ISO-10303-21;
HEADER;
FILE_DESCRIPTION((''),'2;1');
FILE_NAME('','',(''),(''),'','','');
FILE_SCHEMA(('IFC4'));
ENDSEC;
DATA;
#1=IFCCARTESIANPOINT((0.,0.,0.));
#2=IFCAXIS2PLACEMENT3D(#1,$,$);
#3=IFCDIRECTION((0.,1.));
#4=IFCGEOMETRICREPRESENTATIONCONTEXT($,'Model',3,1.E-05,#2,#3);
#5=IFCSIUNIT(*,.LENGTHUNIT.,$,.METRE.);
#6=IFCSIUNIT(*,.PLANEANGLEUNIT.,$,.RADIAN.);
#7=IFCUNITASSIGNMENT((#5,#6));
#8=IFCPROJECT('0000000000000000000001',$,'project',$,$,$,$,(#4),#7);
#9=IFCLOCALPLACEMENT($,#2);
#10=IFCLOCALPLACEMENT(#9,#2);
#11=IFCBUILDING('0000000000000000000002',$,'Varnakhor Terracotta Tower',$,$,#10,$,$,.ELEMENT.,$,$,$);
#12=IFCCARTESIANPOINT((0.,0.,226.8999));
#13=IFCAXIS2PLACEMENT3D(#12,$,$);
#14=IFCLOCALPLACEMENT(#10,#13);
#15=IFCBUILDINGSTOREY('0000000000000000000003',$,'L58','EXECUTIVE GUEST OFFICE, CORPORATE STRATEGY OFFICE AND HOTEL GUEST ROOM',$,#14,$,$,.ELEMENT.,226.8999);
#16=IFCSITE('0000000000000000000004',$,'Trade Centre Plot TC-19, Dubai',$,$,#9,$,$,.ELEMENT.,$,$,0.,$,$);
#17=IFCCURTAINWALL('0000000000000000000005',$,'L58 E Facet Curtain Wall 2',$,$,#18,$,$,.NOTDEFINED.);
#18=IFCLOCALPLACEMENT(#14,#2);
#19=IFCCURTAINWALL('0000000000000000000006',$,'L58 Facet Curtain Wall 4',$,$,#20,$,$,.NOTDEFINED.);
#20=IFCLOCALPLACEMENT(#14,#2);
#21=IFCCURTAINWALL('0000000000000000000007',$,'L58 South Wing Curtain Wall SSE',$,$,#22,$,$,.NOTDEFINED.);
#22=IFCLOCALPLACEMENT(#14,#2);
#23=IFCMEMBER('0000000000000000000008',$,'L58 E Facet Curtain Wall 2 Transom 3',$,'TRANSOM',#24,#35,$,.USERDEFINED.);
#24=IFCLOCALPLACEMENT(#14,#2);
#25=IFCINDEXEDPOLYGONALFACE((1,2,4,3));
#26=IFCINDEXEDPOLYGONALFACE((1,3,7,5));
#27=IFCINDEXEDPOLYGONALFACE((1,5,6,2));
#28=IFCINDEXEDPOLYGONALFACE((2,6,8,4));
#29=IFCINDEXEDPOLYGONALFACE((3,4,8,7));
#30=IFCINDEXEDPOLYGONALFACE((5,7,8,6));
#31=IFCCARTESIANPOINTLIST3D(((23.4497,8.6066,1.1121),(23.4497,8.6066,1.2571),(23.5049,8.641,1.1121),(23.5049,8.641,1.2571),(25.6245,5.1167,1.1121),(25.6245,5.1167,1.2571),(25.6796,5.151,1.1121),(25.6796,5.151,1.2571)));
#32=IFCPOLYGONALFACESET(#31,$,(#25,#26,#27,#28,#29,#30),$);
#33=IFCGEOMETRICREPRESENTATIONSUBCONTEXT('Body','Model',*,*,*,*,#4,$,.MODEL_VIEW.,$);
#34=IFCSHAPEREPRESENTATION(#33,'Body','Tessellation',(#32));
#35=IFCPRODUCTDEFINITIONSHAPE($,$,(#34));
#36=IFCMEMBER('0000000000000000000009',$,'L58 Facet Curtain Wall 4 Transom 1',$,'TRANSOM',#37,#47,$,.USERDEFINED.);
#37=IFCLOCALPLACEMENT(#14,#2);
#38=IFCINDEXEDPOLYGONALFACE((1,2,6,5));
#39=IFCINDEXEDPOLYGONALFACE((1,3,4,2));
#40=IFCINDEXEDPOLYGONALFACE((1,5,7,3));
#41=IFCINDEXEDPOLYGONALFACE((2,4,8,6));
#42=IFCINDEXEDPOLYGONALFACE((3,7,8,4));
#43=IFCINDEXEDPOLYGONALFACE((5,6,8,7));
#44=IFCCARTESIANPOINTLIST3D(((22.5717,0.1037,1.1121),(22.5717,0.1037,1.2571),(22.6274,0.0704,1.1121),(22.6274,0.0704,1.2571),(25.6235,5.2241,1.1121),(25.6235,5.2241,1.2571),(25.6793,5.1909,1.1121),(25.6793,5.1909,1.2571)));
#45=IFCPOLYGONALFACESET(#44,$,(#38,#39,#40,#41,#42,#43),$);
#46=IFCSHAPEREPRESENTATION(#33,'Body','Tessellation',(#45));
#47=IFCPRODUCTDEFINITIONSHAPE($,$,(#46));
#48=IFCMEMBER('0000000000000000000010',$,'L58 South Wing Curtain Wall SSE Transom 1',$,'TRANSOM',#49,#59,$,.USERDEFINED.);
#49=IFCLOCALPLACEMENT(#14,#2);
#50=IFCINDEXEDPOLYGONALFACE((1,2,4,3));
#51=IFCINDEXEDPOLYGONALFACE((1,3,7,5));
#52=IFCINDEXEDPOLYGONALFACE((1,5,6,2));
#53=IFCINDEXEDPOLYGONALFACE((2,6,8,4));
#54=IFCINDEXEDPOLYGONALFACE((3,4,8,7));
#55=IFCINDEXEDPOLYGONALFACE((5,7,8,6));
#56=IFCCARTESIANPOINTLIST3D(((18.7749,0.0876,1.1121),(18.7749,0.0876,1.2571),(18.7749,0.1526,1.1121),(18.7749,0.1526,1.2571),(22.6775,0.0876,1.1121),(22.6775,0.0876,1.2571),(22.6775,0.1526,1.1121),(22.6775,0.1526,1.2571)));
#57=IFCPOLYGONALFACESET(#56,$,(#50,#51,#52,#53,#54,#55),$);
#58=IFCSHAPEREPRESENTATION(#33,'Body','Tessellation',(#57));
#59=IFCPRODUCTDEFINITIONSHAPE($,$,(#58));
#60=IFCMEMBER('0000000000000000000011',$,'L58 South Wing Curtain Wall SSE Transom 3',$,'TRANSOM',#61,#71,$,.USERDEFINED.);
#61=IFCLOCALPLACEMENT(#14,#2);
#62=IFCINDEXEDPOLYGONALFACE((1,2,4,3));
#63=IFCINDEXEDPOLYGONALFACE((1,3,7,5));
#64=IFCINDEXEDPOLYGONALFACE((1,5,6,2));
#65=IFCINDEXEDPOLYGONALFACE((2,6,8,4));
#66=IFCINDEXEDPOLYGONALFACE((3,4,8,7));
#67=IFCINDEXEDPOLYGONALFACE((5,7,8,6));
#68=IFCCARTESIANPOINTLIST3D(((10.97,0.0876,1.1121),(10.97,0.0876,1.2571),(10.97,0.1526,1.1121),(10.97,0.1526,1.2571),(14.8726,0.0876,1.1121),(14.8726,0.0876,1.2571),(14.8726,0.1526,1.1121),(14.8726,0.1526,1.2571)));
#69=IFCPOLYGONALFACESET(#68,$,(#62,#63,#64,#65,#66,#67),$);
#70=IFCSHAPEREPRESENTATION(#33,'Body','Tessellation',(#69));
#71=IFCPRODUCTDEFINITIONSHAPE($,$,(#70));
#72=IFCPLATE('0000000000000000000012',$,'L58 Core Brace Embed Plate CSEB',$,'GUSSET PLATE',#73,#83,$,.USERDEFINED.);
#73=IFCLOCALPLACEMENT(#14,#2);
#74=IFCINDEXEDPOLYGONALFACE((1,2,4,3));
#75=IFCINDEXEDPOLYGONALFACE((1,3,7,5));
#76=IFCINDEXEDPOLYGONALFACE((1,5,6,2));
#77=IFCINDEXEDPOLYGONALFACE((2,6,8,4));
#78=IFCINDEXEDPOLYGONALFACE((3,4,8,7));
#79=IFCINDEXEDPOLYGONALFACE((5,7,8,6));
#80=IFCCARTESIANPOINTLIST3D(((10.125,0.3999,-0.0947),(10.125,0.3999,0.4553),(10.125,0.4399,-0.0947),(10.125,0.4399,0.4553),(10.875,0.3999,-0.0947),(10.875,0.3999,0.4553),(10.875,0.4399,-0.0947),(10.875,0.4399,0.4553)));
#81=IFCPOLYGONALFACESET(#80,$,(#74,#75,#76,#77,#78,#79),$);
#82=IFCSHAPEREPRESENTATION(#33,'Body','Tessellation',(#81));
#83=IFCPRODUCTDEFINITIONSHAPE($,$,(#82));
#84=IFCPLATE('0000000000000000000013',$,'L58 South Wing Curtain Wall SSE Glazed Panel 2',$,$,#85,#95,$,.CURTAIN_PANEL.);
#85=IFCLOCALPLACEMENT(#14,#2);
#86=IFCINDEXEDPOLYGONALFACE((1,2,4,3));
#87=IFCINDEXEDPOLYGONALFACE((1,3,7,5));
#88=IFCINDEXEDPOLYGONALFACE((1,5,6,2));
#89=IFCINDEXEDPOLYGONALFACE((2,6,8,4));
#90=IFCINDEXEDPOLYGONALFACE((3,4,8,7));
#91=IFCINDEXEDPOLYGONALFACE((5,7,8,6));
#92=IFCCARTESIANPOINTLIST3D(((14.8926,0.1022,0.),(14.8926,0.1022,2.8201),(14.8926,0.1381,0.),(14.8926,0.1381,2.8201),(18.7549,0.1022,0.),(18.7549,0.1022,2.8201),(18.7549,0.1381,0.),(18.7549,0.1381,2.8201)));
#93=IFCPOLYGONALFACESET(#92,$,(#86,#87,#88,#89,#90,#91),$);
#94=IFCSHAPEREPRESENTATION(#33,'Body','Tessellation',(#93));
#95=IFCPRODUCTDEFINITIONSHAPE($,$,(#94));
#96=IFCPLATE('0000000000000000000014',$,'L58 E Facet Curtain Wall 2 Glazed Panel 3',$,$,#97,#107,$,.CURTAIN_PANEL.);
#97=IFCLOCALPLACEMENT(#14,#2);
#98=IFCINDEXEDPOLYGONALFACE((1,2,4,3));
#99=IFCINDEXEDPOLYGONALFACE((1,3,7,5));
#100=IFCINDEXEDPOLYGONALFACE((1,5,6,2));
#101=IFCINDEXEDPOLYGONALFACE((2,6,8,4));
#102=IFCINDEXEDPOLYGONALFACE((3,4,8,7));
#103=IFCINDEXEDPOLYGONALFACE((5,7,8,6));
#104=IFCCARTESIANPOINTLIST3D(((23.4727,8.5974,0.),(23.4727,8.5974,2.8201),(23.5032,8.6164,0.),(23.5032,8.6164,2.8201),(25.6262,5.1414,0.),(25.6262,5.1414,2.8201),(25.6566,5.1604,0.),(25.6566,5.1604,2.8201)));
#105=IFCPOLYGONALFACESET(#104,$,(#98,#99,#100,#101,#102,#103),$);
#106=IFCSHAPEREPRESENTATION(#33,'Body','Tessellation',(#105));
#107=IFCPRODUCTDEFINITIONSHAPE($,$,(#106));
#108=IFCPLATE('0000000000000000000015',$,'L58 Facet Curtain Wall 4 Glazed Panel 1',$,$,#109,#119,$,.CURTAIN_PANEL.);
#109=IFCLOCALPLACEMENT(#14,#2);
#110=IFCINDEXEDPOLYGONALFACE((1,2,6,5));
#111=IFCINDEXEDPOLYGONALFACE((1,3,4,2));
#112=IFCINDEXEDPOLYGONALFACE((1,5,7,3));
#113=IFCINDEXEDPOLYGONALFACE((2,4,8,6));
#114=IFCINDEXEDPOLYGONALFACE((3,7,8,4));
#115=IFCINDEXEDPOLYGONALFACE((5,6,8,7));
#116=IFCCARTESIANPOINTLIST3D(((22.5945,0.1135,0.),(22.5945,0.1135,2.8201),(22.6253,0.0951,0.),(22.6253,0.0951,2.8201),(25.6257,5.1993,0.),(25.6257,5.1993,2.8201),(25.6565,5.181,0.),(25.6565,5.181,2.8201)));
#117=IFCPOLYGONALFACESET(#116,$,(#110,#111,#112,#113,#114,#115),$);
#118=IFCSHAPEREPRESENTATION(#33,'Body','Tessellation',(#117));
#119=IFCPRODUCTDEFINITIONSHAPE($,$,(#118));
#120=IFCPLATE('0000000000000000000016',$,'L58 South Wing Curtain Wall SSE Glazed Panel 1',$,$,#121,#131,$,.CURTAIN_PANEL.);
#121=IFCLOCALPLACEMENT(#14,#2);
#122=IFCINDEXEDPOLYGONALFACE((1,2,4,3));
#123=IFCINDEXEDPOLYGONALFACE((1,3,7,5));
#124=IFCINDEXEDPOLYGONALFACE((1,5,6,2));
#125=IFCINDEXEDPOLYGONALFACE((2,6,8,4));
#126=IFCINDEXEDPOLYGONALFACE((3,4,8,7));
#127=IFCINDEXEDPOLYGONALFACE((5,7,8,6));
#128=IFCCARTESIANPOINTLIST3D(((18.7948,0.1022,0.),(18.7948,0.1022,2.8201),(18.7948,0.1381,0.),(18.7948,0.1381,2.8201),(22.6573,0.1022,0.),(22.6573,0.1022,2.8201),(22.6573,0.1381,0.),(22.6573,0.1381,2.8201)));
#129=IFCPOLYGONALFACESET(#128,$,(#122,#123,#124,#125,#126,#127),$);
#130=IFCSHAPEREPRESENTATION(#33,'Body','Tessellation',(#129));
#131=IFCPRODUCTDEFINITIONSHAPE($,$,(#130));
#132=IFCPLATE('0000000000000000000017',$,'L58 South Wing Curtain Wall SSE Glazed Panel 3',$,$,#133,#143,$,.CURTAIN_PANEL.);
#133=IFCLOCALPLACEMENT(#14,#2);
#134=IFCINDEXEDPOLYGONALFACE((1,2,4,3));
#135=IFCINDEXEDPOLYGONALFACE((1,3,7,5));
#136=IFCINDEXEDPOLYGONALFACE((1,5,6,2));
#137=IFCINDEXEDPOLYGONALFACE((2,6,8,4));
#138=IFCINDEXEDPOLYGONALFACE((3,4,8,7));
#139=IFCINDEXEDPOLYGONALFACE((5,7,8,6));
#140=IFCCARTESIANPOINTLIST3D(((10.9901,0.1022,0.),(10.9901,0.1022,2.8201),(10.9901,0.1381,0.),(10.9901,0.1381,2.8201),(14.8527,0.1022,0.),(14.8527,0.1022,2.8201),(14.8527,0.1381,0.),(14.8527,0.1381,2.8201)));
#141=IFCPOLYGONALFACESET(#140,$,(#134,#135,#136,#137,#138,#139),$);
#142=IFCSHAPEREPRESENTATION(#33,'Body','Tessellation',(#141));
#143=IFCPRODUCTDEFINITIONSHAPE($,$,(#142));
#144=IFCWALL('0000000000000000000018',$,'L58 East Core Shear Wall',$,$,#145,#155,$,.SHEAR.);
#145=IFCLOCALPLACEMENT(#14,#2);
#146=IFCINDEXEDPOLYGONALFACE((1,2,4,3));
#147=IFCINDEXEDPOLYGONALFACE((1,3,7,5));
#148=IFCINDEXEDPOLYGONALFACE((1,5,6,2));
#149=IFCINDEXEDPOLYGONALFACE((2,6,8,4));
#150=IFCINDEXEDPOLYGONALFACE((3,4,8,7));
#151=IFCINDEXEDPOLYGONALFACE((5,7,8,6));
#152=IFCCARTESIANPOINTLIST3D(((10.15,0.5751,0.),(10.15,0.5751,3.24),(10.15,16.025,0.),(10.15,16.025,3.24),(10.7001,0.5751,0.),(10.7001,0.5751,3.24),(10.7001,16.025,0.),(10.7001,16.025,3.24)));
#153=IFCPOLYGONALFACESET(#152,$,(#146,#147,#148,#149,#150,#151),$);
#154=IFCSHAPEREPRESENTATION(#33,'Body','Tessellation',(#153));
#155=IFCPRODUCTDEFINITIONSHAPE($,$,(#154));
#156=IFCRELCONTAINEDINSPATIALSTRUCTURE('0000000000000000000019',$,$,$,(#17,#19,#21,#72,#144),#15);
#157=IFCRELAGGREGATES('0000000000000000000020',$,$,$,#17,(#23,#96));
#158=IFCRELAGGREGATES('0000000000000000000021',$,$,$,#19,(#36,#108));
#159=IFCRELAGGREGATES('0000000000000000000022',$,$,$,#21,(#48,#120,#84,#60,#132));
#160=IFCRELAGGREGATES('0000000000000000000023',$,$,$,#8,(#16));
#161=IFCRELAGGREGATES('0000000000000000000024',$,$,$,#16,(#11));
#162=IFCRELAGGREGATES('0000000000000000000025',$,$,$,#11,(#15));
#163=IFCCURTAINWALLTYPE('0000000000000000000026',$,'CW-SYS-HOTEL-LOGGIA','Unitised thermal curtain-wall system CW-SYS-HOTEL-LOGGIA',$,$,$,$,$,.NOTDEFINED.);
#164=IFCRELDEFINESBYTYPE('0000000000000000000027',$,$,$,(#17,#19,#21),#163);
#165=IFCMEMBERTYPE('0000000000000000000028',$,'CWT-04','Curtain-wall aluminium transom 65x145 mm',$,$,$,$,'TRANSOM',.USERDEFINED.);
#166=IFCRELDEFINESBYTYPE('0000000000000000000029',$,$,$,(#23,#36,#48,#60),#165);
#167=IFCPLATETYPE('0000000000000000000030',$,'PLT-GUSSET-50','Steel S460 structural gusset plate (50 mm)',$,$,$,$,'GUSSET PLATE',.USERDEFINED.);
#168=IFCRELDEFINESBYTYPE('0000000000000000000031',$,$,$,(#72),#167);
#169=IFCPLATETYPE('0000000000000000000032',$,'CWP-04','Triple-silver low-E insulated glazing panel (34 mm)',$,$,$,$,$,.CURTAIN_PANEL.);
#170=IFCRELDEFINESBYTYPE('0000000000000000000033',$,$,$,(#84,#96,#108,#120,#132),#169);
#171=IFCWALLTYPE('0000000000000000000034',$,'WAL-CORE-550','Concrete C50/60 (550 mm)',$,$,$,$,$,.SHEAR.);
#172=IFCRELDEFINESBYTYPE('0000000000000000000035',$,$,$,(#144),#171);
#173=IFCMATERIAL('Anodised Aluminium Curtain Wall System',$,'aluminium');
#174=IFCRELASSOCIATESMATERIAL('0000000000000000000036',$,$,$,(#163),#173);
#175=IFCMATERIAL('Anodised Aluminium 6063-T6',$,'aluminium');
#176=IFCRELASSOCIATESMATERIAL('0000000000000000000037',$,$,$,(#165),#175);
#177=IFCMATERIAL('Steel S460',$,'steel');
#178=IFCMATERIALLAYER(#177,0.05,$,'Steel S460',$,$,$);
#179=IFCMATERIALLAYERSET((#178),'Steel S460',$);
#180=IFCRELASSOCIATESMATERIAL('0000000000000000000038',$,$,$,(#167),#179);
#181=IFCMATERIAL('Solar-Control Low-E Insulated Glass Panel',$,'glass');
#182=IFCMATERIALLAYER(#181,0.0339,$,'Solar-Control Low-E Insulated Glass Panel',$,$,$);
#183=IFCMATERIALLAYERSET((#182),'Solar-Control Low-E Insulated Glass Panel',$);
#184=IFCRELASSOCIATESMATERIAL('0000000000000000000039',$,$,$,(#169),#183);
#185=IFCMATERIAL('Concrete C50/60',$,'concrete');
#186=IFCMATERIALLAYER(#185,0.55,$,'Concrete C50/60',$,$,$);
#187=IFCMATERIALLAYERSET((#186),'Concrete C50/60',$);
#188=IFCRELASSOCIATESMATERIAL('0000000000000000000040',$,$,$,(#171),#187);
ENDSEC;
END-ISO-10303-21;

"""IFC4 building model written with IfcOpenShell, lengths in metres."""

from ifc_helpers import new_model, si_unit, direction, frame, frame_2d, origin, origin_2d, place, context, subcontext, project, spatial, rectangle, extrude, source, transform, mapped, material, layer, layer_set, material_profile, profile_set, type_object, type_shapes, element, aggregate, save


model = new_model("IFC4")

# Units and contexts
model_context = context("Model", 3, precision=1e-05, world=origin(), true_north=direction((0.0, 1.0)))
body_context = subcontext(model_context, "Body", "Model", "MODEL_VIEW")
ifc_project = project(units=[si_unit("LENGTHUNIT", "METRE"), si_unit("PLANEANGLEUNIT", "RADIAN")], contexts=[model_context])

# Site, building, storey
site_placement = place(None, origin())
site = spatial("IfcSite", under=ifc_project, at=site_placement, Name="Trade Centre Plot TC-19, Dubai", CompositionType="ELEMENT", RefElevation=0.0)
building_placement = place(site_placement, origin())
building = spatial("IfcBuilding", under=site, at=building_placement, Name="Varnakhor Terracotta Tower", CompositionType="ELEMENT")
storey_placement = place(building_placement, frame((0.0, 0.0, 226.8999)))
storey = spatial("IfcBuildingStorey", under=building, at=storey_placement, Name="L58", Description="EXECUTIVE GUEST OFFICE, CORPORATE STRATEGY OFFICE AND HOTEL GUEST ROOM", CompositionType="ELEMENT", Elevation=226.8999)

# Shared definitions
ifc_material_1 = material(Name="Concrete C50/60", Category="concrete")
ifc_material_2 = material(Name="Steel S460", Category="steel")

# Curtain walls
ifc_material_3 = material(Name="Anodised Aluminium Curtain Wall System", Category="aluminium")
curtain_wall_type = type_object("IfcCurtainWallType", Name="CW-SYS-HOTEL-LOGGIA", Description="Unitised thermal curtain-wall system CW-SYS-HOTEL-LOGGIA", PredefinedType="NOTDEFINED", material=ifc_material_3)
curtain_wall_1_placement = place(storey_placement, origin())
curtain_wall_1 = element("IfcCurtainWall", 1, at=curtain_wall_1_placement, inside=storey, type_object=curtain_wall_type, Name="L58 E Facet Curtain Wall 2", PredefinedType="NOTDEFINED")
ifc_material_4 = material(Name="Anodised Aluminium 6063-T6", Category="aluminium")
curtain_wall_2_placement = place(storey_placement, origin())
curtain_wall_2 = element("IfcCurtainWall", 2, at=curtain_wall_2_placement, inside=storey, type_object=curtain_wall_type, Name="L58 Facet Curtain Wall 4", PredefinedType="NOTDEFINED")

# Curtain wall
curtain_wall_3_placement = place(storey_placement, origin())
curtain_wall_3 = element("IfcCurtainWall", 3, at=curtain_wall_3_placement, inside=storey, type_object=curtain_wall_type, Name="L58 South Wing Curtain Wall SSE", PredefinedType="NOTDEFINED")
ifc_material_profile_1 = material_profile(ifc_material_4, rectangle(XDim=0.0649, YDim=0.145, at=origin_2d()), Name="ALU TRANSOM 65x145")
ifc_profile_set_1 = profile_set([ifc_material_profile_1], Name="Anodised Aluminium 6063-T6")
member_type_1 = type_object("IfcMemberType", Name="CWT-04", Description="Curtain-wall aluminium transom 65x145 mm", ElementType="TRANSOM", PredefinedType="USERDEFINED", material=ifc_profile_set_1)

# Members
shared_shape_1 = source(origin(), body_context, "Body", "SweptSolid", [
    extrude(rectangle(XDim=0.0649, YDim=0.145, at=origin_2d()), origin(), (0.0, 0.0, 1.0), 4.1121),
])
member_1_placement = place(storey_placement, frame((23.4773, 8.6238, 1.1846), z_axis=(0.528872, -0.848701, 0.0), x_axis=(0.848701, 0.528872, 0.0)))
member_1 = element("IfcMember", 4, at=member_1_placement, type_object=member_type_1, Name="L58 E Facet Curtain Wall 2 Transom 3", ObjectType="TRANSOM", PredefinedType="USERDEFINED", context=body_context, shape_type="MappedRepresentation", body=[
    mapped(shared_shape_1, transform((0.0, 0.0, 0.0), scale=1.0)),
])
shared_shape_2 = source(origin(), body_context, "Body", "SweptSolid", [
    extrude(rectangle(XDim=0.0649, YDim=0.145, at=origin_2d()), origin(), (0.0, 0.0, 1.0), 5.9609),
])
member_2_placement = place(storey_placement, frame((25.6514, 5.2075, 1.1846), z_axis=(-0.51197, -0.859003, 0.0), x_axis=(0.859003, -0.51197, 0.0)))
member_2 = element("IfcMember", 5, at=member_2_placement, type_object=member_type_1, Name="L58 Facet Curtain Wall 4 Transom 1", ObjectType="TRANSOM", PredefinedType="USERDEFINED", context=body_context, shape_type="MappedRepresentation", body=[
    mapped(shared_shape_2, transform((0.0, 0.0, 0.0), scale=1.0)),
])
shared_shape_3 = source(origin(), body_context, "Body", "SweptSolid", [
    extrude(rectangle(XDim=0.0649, YDim=0.145, at=origin_2d()), origin(), (0.0, 0.0, 1.0), 3.9026),
])
member_3_placement = place(storey_placement, frame((22.6775, 0.1201, 1.1846), z_axis=(-1.0, 0.0, 0.0), x_axis=(0.0, -1.0, 0.0)))
member_3 = element("IfcMember", 6, at=member_3_placement, type_object=member_type_1, Name="L58 South Wing Curtain Wall SSE Transom 1", ObjectType="TRANSOM", PredefinedType="USERDEFINED", context=body_context, shape_type="MappedRepresentation", body=[
    mapped(shared_shape_3, transform((0.0, 0.0, 0.0), scale=1.0)),
])
member_4_placement = place(storey_placement, frame((14.8726, 0.1201, 1.1846), z_axis=(-1.0, 0.0, 0.0), x_axis=(0.0, -1.0, 0.0)))
member_4 = element("IfcMember", 7, at=member_4_placement, type_object=member_type_1, Name="L58 South Wing Curtain Wall SSE Transom 3", ObjectType="TRANSOM", PredefinedType="USERDEFINED", context=body_context, shape_type="MappedRepresentation", body=[
    mapped(shared_shape_3, transform((0.0, 0.0, 0.0), scale=1.0)),
])

# Plates
ifc_layer_1 = layer(ifc_material_2, 0.05, Name="Steel S460")
ifc_layer_set_1 = layer_set([ifc_layer_1], Name="Steel S460")
plate_type_1 = type_object("IfcPlateType", Name="PLT-GUSSET-50", Description="Steel S460 structural gusset plate (50 mm)", ElementType="GUSSET PLATE", PredefinedType="USERDEFINED", material=ifc_layer_set_1)
shared_shape_4 = source(origin(), body_context, "Body", "SweptSolid", [
    extrude(rectangle(XDim=0.75, YDim=0.04, at=origin_2d()), origin(), (0.0, 0.0, 1.0), 0.55),
])
type_shapes(plate_type_1, [shared_shape_4])
plate_1_placement = place(storey_placement, frame((10.5, 0.4199, -0.0947), z_axis=(0.0, 0.0, 1.0), x_axis=(1.0, 0.0, 0.0)))
element("IfcPlate", 8, at=plate_1_placement, inside=storey, type_object=plate_type_1, Name="L58 Core Brace Embed Plate CSEB", ObjectType="GUSSET PLATE", PredefinedType="USERDEFINED", context=body_context, shape_type="MappedRepresentation", body=[
    mapped(shared_shape_4, transform((0.0, 0.0, 0.0), scale=1.0)),
])
ifc_material_5 = material(Name="Solar-Control Low-E Insulated Glass Panel", Category="glass")
ifc_layer_2 = layer(ifc_material_5, 0.0339, Name="Solar-Control Low-E Insulated Glass Panel")
ifc_layer_set_2 = layer_set([ifc_layer_2], Name="Solar-Control Low-E Insulated Glass Panel")
plate_type_2 = type_object("IfcPlateType", Name="CWP-04", Description="Triple-silver low-E insulated glazing panel (34 mm)", PredefinedType="CURTAIN_PANEL", material=ifc_layer_set_2)
shared_shape_5 = source(origin(), body_context, "Body", "SweptSolid", [
    extrude(rectangle(XDim=3.8623, YDim=0.0359, at=origin_2d()), origin(), (0.0, 0.0, 1.0), 2.8201),
])
plate_2_placement = place(storey_placement, frame((16.8237, 0.1201, 0.0), z_axis=(0.0, 0.0, 1.0), x_axis=(-1.0, 0.0, 0.0)))
plate_2 = element("IfcPlate", 9, at=plate_2_placement, type_object=plate_type_2, Name="L58 South Wing Curtain Wall SSE Glazed Panel 2", PredefinedType="CURTAIN_PANEL", context=body_context, shape_type="MappedRepresentation", body=[
    mapped(shared_shape_5, transform((0.0, 0.0, 0.0), scale=1.0)),
])
shared_shape_6 = source(origin(), body_context, "Body", "SweptSolid", [
    extrude(rectangle(XDim=4.072, YDim=0.0359, at=origin_2d()), origin(), (0.0, 0.0, 1.0), 2.8201),
])
plate_3_placement = place(storey_placement, frame((24.5647, 6.8789, 0.0), z_axis=(0.0, 0.0, 1.0), x_axis=(0.528838, -0.848723, 0.0)))
plate_3 = element("IfcPlate", 10, at=plate_3_placement, type_object=plate_type_2, Name="L58 E Facet Curtain Wall 2 Glazed Panel 3", PredefinedType="CURTAIN_PANEL", context=body_context, shape_type="MappedRepresentation", body=[
    mapped(shared_shape_6, transform((0.0, 0.0, 0.0), scale=1.0)),
])
aggregate(curtain_wall_1, [member_1, plate_3])
shared_shape_7 = source(origin(), body_context, "Body", "SweptSolid", [
    extrude(rectangle(XDim=5.9207, YDim=0.0359, at=origin_2d()), origin(), (0.0, 0.0, 1.0), 2.8201),
])
plate_4_placement = place(storey_placement, frame((24.1255, 2.6472, 0.0), z_axis=(0.0, 0.0, 1.0), x_axis=(-0.511968, -0.859005, 0.0)))
plate_4 = element("IfcPlate", 11, at=plate_4_placement, type_object=plate_type_2, Name="L58 Facet Curtain Wall 4 Glazed Panel 1", PredefinedType="CURTAIN_PANEL", context=body_context, shape_type="MappedRepresentation", body=[
    mapped(shared_shape_7, transform((0.0, 0.0, 0.0), scale=1.0)),
])
aggregate(curtain_wall_2, [member_2, plate_4])
shared_shape_8 = source(origin(), body_context, "Body", "SweptSolid", [
    extrude(rectangle(XDim=3.8625, YDim=0.0359, at=origin_2d()), origin(), (0.0, 0.0, 1.0), 2.8201),
])
plate_5_placement = place(storey_placement, frame((20.7261, 0.1201, 0.0), z_axis=(0.0, 0.0, 1.0), x_axis=(-1.0, 0.0, 0.0)))
plate_5 = element("IfcPlate", 12, at=plate_5_placement, type_object=plate_type_2, Name="L58 South Wing Curtain Wall SSE Glazed Panel 1", PredefinedType="CURTAIN_PANEL", context=body_context, shape_type="MappedRepresentation", body=[
    mapped(shared_shape_8, transform((0.0, 0.0, 0.0), scale=1.0)),
])
plate_6_placement = place(storey_placement, frame((12.9214, 0.1201, 0.0), z_axis=(0.0, 0.0, 1.0), x_axis=(-1.0, 0.0, 0.0)))
plate_6 = element("IfcPlate", 13, at=plate_6_placement, type_object=plate_type_2, Name="L58 South Wing Curtain Wall SSE Glazed Panel 3", PredefinedType="CURTAIN_PANEL", context=body_context, shape_type="MappedRepresentation", body=[
    mapped(shared_shape_8, transform((0.0, 0.0, 0.0), scale=1.0)),
])
aggregate(curtain_wall_3, [member_3, plate_5, plate_2, member_4, plate_6])

# Wall
ifc_layer_3 = layer(ifc_material_1, 0.55, Name="Concrete C50/60")
ifc_layer_set_3 = layer_set([ifc_layer_3], Name="Concrete C50/60")
wall_type_1 = type_object("IfcWallType", Name="WAL-CORE-550", Description="Concrete C50/60 (550 mm)", PredefinedType="SHEAR", material=ifc_layer_set_3)
wall_1_placement = place(storey_placement, frame((10.425, 0.575, 0.0), z_axis=(0.0, 0.0, 1.0), x_axis=(0.0, 1.0, 0.0)))
element("IfcWall", 14, at=wall_1_placement, inside=storey, type_object=wall_type_1, Name="L58 East Core Shear Wall", PredefinedType="SHEAR", context=body_context, shape_type="SweptSolid", body=[
    extrude(rectangle(XDim=15.45, YDim=0.55, at=frame_2d((7.7251, 0.0))), origin(), (0.0, 0.0, 1.0), 3.24),
])

save(model, "model.ifc")
